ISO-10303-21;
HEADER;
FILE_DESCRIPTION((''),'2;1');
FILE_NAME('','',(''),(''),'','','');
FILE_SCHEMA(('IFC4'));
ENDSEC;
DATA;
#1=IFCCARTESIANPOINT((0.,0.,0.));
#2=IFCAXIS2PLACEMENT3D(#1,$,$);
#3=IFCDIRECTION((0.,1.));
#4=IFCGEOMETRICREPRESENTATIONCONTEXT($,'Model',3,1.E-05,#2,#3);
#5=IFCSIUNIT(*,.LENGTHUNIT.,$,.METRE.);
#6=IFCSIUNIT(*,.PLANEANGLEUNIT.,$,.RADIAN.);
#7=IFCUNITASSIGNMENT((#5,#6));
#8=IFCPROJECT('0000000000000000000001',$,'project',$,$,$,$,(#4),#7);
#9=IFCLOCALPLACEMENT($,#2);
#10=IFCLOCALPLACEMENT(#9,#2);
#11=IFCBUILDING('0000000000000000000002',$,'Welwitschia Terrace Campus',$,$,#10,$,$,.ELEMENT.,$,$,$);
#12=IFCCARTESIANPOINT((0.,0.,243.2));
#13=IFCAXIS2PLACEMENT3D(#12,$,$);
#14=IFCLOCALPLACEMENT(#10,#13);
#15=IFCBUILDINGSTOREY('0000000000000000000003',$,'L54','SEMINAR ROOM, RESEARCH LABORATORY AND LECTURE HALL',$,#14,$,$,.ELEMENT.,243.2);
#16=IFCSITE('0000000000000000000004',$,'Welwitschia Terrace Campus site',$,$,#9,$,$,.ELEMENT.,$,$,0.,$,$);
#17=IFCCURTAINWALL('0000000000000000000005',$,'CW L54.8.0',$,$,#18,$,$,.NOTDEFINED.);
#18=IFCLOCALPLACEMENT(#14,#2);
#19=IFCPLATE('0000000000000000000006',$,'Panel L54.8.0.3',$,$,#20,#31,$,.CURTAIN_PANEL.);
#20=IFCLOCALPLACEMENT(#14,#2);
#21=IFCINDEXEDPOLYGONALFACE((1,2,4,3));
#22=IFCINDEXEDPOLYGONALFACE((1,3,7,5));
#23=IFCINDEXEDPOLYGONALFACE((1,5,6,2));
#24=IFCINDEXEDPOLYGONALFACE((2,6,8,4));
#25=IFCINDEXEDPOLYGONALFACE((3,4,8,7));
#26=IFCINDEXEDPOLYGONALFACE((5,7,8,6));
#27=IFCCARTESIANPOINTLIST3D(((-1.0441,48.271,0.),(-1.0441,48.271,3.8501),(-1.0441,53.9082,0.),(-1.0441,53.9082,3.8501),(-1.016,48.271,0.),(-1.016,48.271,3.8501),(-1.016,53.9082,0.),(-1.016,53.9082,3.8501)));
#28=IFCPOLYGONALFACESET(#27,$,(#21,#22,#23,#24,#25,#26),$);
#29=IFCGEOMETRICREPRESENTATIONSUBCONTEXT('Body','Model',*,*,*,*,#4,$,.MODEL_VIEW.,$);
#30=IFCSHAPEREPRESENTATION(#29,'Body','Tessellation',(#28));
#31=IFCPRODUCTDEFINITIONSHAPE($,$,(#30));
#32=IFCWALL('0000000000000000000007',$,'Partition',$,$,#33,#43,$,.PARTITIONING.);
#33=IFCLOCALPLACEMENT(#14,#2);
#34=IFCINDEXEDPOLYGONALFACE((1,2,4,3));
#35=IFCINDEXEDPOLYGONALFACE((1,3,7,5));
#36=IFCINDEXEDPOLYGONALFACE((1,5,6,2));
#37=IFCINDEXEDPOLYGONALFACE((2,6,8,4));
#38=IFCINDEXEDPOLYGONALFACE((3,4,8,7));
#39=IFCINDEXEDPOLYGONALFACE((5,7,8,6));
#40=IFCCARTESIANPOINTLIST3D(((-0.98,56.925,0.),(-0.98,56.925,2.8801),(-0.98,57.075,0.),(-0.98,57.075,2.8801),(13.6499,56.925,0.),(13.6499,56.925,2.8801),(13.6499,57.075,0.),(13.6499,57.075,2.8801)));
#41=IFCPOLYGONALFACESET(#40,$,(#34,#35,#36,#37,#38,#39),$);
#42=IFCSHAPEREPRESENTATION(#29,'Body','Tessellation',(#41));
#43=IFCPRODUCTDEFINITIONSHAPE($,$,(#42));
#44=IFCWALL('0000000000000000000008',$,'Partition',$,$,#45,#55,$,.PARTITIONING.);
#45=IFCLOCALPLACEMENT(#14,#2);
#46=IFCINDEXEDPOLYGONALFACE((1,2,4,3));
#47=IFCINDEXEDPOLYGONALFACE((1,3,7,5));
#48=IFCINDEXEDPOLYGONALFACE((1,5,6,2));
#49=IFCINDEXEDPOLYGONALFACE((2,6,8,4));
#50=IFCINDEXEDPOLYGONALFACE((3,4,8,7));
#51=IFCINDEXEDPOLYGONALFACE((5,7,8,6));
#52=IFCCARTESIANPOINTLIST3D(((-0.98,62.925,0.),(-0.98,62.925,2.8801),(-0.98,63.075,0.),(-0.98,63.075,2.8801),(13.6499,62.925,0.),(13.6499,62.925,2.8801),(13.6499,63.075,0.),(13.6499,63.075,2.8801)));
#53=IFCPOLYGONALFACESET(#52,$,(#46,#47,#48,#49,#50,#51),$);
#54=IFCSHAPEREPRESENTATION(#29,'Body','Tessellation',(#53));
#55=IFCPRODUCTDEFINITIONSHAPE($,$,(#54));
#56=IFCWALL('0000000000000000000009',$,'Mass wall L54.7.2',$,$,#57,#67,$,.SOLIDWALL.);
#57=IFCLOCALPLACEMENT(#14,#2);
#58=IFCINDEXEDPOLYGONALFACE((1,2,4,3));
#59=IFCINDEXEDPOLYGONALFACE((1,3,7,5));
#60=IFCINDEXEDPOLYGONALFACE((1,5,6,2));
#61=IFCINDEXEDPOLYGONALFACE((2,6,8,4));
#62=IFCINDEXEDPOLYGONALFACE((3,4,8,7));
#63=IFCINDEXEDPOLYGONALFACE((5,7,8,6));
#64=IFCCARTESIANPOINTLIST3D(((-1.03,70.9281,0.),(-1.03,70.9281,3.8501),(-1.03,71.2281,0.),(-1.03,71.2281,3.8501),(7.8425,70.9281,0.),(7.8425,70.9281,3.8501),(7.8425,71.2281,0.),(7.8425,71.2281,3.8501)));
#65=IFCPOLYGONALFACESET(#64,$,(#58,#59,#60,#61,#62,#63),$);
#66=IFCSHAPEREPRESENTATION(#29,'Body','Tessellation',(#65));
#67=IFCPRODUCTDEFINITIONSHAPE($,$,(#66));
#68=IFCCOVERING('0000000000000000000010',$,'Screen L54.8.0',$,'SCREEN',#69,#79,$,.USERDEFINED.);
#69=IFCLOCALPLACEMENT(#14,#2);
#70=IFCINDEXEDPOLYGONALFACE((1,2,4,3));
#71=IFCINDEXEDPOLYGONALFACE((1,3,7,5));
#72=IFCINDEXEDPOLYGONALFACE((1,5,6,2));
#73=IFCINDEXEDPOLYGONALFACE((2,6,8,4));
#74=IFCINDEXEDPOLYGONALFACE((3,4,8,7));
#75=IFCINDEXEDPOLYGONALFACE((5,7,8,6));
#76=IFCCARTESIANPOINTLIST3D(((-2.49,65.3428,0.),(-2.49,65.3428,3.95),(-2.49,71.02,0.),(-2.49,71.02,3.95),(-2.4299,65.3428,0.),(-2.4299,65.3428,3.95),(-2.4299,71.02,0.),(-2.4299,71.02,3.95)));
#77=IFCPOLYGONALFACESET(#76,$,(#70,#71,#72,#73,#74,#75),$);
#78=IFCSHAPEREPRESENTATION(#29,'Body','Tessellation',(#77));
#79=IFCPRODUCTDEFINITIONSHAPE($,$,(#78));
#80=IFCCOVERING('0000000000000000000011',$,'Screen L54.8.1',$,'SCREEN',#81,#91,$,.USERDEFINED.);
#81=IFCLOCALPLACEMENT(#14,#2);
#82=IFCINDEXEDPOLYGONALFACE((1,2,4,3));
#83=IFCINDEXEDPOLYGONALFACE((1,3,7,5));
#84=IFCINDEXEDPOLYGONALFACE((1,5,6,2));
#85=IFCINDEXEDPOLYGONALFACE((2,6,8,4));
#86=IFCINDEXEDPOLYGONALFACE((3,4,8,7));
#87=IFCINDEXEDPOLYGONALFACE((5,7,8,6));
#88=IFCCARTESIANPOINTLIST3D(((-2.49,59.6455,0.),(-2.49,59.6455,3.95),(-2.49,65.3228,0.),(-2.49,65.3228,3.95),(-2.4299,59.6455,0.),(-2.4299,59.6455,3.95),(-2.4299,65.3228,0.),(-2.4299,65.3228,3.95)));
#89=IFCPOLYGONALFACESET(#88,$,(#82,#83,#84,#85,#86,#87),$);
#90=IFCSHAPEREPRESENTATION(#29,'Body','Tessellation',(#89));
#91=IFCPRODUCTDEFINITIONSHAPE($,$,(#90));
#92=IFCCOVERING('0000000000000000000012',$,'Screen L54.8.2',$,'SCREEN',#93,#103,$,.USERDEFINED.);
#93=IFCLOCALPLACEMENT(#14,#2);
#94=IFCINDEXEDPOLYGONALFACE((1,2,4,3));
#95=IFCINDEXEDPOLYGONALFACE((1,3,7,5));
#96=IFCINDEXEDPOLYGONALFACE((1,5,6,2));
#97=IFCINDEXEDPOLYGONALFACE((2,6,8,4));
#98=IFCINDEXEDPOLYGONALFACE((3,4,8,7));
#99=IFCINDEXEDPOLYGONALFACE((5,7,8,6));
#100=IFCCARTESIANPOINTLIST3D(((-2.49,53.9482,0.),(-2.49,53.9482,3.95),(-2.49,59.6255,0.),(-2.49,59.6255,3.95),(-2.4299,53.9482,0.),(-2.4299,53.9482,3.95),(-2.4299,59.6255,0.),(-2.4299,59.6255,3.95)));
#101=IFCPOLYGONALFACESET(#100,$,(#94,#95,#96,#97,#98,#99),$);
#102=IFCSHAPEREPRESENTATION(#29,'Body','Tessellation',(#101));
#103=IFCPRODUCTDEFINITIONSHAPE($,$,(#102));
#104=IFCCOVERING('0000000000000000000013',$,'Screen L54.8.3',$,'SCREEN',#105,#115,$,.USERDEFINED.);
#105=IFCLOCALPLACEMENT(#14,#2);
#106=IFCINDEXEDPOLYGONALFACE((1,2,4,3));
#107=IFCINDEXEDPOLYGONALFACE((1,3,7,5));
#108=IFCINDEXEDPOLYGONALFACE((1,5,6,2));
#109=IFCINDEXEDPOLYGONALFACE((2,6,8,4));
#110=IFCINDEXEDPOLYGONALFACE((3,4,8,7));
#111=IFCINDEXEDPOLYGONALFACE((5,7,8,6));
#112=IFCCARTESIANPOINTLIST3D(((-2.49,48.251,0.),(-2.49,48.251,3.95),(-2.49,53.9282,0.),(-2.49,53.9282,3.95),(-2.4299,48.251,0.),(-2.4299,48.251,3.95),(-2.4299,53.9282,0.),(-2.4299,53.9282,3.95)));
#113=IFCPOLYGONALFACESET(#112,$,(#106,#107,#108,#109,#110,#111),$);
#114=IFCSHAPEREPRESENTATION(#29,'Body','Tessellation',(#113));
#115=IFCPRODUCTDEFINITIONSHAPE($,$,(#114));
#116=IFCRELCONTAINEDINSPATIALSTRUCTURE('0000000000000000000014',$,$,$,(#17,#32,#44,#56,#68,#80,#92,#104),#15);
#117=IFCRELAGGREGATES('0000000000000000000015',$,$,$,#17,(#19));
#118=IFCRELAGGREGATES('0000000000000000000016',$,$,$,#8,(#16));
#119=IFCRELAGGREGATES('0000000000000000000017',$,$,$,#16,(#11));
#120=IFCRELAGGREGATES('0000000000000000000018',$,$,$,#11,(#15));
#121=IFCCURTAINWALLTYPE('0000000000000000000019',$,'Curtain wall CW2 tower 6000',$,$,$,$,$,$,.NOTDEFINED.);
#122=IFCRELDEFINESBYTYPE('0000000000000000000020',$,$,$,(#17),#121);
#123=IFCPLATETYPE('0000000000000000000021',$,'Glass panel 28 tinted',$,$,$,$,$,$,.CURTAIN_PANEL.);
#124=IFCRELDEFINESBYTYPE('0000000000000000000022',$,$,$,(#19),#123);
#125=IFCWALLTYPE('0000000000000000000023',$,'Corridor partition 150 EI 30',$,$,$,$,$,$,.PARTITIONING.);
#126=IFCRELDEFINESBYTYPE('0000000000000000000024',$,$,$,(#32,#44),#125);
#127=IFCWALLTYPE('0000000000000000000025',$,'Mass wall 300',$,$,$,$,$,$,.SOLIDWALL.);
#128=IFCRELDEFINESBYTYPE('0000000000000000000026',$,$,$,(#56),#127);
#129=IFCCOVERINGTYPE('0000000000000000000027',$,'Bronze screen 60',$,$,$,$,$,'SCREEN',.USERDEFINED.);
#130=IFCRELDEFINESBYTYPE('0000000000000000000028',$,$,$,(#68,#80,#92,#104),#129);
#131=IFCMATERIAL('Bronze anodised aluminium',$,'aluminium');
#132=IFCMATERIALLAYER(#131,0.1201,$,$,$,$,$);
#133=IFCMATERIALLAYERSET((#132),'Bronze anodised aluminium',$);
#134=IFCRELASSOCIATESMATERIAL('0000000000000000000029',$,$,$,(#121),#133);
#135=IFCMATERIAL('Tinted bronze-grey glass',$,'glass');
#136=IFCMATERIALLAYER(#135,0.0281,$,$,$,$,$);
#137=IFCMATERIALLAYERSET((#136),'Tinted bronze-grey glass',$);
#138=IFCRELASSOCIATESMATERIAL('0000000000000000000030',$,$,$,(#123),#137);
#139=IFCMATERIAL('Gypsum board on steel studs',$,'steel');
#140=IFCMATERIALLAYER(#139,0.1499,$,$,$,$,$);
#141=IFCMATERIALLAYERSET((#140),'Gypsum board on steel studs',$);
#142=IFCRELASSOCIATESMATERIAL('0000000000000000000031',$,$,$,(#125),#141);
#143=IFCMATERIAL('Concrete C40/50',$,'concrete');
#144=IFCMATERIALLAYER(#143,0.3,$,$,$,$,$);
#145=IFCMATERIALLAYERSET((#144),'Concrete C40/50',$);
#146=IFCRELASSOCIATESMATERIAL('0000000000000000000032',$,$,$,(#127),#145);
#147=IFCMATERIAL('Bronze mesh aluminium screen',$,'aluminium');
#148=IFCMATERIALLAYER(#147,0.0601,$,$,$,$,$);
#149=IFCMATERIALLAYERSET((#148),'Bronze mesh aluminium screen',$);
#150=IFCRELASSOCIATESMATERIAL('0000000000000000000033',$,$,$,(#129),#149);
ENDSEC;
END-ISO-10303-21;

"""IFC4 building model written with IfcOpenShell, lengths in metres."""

from ifc_helpers import new_model, si_unit, direction, frame, frame_2d, origin, origin_2d, place, context, subcontext, project, spatial, rectangle, extrude, material, layer, layer_set, type_object, element, aggregate, save


model = new_model("IFC4")

# Units and contexts
model_context = context("Model", 3, precision=1e-05, world=origin(), true_north=direction((0.0, 1.0)))
body_context = subcontext(model_context, "Body", "Model", "MODEL_VIEW")
ifc_project = project(units=[si_unit("LENGTHUNIT", "METRE"), si_unit("PLANEANGLEUNIT", "RADIAN")], contexts=[model_context])

# Site, building, storey
site_placement = place(None, origin())
site = spatial("IfcSite", under=ifc_project, at=site_placement, Name="Welwitschia Terrace Campus site", CompositionType="ELEMENT", RefElevation=0.0)
building_placement = place(site_placement, origin())
building = spatial("IfcBuilding", under=site, at=building_placement, Name="Welwitschia Terrace Campus", CompositionType="ELEMENT")
storey_placement = place(building_placement, frame((0.0, 0.0, 243.2)))
storey = spatial("IfcBuildingStorey", under=building, at=storey_placement, Name="L54", Description="SEMINAR ROOM, RESEARCH LABORATORY AND LECTURE HALL", CompositionType="ELEMENT", Elevation=243.2)

# Curtain wall
ifc_material_1 = material(Name="Bronze anodised aluminium", Category="aluminium")
ifc_layer_1 = layer(ifc_material_1, 0.1201)
ifc_layer_set_1 = layer_set([ifc_layer_1], Name="Bronze anodised aluminium")
curtain_wall_type = type_object("IfcCurtainWallType", Name="Curtain wall CW2 tower 6000", PredefinedType="NOTDEFINED", material=ifc_layer_set_1)
curtain_wall_1_placement = place(storey_placement, origin())
curtain_wall_1 = element("IfcCurtainWall", 1, at=curtain_wall_1_placement, inside=storey, type_object=curtain_wall_type, Name="CW L54.8.0", PredefinedType="NOTDEFINED")

# Plate
ifc_material_2 = material(Name="Tinted bronze-grey glass", Category="glass")
ifc_layer_2 = layer(ifc_material_2, 0.0281)
ifc_layer_set_2 = layer_set([ifc_layer_2], Name="Tinted bronze-grey glass")
plate_type = type_object("IfcPlateType", Name="Glass panel 28 tinted", PredefinedType="CURTAIN_PANEL", material=ifc_layer_set_2)
plate_1_placement = place(storey_placement, frame((-1.03, 51.0896, 0.0), z_axis=(0.0, 0.0, 1.0), x_axis=(0.0, -1.0, 0.0)))
plate_1 = element("IfcPlate", 2, at=plate_1_placement, type_object=plate_type, Name="Panel L54.8.0.3", PredefinedType="CURTAIN_PANEL", context=body_context, shape_type="SweptSolid", body=[
    extrude(rectangle(XDim=5.6372, YDim=0.0281, at=origin_2d()), origin(), (0.0, 0.0, 1.0), 3.8501),
])
aggregate(curtain_wall_1, [plate_1])

# Walls
ifc_material_3 = material(Name="Gypsum board on steel studs", Category="steel")
ifc_layer_3 = layer(ifc_material_3, 0.1499)
ifc_layer_set_3 = layer_set([ifc_layer_3], Name="Gypsum board on steel studs")
wall_type_1 = type_object("IfcWallType", Name="Corridor partition 150 EI 30", PredefinedType="PARTITIONING", material=ifc_layer_set_3)
for number, where, z_axis, x_axis, name in (
    (3, (-0.98, 57.0, 0.0), (0.0, 0.0, 1.0), (1.0, 0.0, 0.0), "Partition"),
    (4, (-0.98, 63.0, 0.0), (0.0, 0.0, 1.0), (1.0, 0.0, 0.0), "Partition"),
):
    element("IfcWall", number, at=place(storey_placement, frame(where, z_axis=z_axis, x_axis=x_axis)), inside=storey, type_object=wall_type_1, Name=name, PredefinedType="PARTITIONING", context=body_context, shape_type="SweptSolid", body=[
        extrude(rectangle(XDim=14.6299, YDim=0.1499, at=frame_2d((7.3149, 0.0))), origin(), (0.0, 0.0, 1.0), 2.8801),
    ])
ifc_material_4 = material(Name="Concrete C40/50", Category="concrete")
ifc_layer_4 = layer(ifc_material_4, 0.3)
ifc_layer_set_4 = layer_set([ifc_layer_4], Name="Concrete C40/50")
wall_type_2 = type_object("IfcWallType", Name="Mass wall 300", PredefinedType="SOLIDWALL", material=ifc_layer_set_4)
wall_placement = place(storey_placement, frame((7.8425, 71.0781, 0.0), z_axis=(0.0, 0.0, 1.0), x_axis=(-1.0, 0.0, 0.0)))
element("IfcWall", 5, at=wall_placement, inside=storey, type_object=wall_type_2, Name="Mass wall L54.7.2", PredefinedType="SOLIDWALL", context=body_context, shape_type="SweptSolid", body=[
    extrude(rectangle(XDim=8.8726, YDim=0.3, at=frame_2d((4.4363, 0.0))), origin(), (0.0, 0.0, 1.0), 3.8501),
])

# Coverings
ifc_material_5 = material(Name="Bronze mesh aluminium screen", Category="aluminium")
ifc_layer_5 = layer(ifc_material_5, 0.0601)
ifc_layer_set_5 = layer_set([ifc_layer_5], Name="Bronze mesh aluminium screen")
covering_type = type_object("IfcCoveringType", Name="Bronze screen 60", ElementType="SCREEN", PredefinedType="USERDEFINED", material=ifc_layer_set_5)
for number, where, z_axis, x_axis, name in (
    (6, (-2.46, 68.1814, 0.0), (0.0, 0.0, 1.0), (0.0, -1.0, 0.0), "Screen L54.8.0"),
    (7, (-2.46, 62.4841, 0.0), (0.0, 0.0, 1.0), (0.0, -1.0, 0.0), "Screen L54.8.1"),
    (8, (-2.46, 56.7869, 0.0), (0.0, 0.0, 1.0), (0.0, -1.0, 0.0), "Screen L54.8.2"),
    (9, (-2.46, 51.0896, 0.0), (0.0, 0.0, 1.0), (0.0, -1.0, 0.0), "Screen L54.8.3"),
):
    element("IfcCovering", number, at=place(storey_placement, frame(where, z_axis=z_axis, x_axis=x_axis)), inside=storey, type_object=covering_type, Name=name, ObjectType="SCREEN", PredefinedType="USERDEFINED", context=body_context, shape_type="SweptSolid", body=[
        extrude(rectangle(XDim=5.6772, YDim=0.0601, at=origin_2d()), origin(), (0.0, 0.0, 1.0), 3.95),
    ])

save(model, "model.ifc")
